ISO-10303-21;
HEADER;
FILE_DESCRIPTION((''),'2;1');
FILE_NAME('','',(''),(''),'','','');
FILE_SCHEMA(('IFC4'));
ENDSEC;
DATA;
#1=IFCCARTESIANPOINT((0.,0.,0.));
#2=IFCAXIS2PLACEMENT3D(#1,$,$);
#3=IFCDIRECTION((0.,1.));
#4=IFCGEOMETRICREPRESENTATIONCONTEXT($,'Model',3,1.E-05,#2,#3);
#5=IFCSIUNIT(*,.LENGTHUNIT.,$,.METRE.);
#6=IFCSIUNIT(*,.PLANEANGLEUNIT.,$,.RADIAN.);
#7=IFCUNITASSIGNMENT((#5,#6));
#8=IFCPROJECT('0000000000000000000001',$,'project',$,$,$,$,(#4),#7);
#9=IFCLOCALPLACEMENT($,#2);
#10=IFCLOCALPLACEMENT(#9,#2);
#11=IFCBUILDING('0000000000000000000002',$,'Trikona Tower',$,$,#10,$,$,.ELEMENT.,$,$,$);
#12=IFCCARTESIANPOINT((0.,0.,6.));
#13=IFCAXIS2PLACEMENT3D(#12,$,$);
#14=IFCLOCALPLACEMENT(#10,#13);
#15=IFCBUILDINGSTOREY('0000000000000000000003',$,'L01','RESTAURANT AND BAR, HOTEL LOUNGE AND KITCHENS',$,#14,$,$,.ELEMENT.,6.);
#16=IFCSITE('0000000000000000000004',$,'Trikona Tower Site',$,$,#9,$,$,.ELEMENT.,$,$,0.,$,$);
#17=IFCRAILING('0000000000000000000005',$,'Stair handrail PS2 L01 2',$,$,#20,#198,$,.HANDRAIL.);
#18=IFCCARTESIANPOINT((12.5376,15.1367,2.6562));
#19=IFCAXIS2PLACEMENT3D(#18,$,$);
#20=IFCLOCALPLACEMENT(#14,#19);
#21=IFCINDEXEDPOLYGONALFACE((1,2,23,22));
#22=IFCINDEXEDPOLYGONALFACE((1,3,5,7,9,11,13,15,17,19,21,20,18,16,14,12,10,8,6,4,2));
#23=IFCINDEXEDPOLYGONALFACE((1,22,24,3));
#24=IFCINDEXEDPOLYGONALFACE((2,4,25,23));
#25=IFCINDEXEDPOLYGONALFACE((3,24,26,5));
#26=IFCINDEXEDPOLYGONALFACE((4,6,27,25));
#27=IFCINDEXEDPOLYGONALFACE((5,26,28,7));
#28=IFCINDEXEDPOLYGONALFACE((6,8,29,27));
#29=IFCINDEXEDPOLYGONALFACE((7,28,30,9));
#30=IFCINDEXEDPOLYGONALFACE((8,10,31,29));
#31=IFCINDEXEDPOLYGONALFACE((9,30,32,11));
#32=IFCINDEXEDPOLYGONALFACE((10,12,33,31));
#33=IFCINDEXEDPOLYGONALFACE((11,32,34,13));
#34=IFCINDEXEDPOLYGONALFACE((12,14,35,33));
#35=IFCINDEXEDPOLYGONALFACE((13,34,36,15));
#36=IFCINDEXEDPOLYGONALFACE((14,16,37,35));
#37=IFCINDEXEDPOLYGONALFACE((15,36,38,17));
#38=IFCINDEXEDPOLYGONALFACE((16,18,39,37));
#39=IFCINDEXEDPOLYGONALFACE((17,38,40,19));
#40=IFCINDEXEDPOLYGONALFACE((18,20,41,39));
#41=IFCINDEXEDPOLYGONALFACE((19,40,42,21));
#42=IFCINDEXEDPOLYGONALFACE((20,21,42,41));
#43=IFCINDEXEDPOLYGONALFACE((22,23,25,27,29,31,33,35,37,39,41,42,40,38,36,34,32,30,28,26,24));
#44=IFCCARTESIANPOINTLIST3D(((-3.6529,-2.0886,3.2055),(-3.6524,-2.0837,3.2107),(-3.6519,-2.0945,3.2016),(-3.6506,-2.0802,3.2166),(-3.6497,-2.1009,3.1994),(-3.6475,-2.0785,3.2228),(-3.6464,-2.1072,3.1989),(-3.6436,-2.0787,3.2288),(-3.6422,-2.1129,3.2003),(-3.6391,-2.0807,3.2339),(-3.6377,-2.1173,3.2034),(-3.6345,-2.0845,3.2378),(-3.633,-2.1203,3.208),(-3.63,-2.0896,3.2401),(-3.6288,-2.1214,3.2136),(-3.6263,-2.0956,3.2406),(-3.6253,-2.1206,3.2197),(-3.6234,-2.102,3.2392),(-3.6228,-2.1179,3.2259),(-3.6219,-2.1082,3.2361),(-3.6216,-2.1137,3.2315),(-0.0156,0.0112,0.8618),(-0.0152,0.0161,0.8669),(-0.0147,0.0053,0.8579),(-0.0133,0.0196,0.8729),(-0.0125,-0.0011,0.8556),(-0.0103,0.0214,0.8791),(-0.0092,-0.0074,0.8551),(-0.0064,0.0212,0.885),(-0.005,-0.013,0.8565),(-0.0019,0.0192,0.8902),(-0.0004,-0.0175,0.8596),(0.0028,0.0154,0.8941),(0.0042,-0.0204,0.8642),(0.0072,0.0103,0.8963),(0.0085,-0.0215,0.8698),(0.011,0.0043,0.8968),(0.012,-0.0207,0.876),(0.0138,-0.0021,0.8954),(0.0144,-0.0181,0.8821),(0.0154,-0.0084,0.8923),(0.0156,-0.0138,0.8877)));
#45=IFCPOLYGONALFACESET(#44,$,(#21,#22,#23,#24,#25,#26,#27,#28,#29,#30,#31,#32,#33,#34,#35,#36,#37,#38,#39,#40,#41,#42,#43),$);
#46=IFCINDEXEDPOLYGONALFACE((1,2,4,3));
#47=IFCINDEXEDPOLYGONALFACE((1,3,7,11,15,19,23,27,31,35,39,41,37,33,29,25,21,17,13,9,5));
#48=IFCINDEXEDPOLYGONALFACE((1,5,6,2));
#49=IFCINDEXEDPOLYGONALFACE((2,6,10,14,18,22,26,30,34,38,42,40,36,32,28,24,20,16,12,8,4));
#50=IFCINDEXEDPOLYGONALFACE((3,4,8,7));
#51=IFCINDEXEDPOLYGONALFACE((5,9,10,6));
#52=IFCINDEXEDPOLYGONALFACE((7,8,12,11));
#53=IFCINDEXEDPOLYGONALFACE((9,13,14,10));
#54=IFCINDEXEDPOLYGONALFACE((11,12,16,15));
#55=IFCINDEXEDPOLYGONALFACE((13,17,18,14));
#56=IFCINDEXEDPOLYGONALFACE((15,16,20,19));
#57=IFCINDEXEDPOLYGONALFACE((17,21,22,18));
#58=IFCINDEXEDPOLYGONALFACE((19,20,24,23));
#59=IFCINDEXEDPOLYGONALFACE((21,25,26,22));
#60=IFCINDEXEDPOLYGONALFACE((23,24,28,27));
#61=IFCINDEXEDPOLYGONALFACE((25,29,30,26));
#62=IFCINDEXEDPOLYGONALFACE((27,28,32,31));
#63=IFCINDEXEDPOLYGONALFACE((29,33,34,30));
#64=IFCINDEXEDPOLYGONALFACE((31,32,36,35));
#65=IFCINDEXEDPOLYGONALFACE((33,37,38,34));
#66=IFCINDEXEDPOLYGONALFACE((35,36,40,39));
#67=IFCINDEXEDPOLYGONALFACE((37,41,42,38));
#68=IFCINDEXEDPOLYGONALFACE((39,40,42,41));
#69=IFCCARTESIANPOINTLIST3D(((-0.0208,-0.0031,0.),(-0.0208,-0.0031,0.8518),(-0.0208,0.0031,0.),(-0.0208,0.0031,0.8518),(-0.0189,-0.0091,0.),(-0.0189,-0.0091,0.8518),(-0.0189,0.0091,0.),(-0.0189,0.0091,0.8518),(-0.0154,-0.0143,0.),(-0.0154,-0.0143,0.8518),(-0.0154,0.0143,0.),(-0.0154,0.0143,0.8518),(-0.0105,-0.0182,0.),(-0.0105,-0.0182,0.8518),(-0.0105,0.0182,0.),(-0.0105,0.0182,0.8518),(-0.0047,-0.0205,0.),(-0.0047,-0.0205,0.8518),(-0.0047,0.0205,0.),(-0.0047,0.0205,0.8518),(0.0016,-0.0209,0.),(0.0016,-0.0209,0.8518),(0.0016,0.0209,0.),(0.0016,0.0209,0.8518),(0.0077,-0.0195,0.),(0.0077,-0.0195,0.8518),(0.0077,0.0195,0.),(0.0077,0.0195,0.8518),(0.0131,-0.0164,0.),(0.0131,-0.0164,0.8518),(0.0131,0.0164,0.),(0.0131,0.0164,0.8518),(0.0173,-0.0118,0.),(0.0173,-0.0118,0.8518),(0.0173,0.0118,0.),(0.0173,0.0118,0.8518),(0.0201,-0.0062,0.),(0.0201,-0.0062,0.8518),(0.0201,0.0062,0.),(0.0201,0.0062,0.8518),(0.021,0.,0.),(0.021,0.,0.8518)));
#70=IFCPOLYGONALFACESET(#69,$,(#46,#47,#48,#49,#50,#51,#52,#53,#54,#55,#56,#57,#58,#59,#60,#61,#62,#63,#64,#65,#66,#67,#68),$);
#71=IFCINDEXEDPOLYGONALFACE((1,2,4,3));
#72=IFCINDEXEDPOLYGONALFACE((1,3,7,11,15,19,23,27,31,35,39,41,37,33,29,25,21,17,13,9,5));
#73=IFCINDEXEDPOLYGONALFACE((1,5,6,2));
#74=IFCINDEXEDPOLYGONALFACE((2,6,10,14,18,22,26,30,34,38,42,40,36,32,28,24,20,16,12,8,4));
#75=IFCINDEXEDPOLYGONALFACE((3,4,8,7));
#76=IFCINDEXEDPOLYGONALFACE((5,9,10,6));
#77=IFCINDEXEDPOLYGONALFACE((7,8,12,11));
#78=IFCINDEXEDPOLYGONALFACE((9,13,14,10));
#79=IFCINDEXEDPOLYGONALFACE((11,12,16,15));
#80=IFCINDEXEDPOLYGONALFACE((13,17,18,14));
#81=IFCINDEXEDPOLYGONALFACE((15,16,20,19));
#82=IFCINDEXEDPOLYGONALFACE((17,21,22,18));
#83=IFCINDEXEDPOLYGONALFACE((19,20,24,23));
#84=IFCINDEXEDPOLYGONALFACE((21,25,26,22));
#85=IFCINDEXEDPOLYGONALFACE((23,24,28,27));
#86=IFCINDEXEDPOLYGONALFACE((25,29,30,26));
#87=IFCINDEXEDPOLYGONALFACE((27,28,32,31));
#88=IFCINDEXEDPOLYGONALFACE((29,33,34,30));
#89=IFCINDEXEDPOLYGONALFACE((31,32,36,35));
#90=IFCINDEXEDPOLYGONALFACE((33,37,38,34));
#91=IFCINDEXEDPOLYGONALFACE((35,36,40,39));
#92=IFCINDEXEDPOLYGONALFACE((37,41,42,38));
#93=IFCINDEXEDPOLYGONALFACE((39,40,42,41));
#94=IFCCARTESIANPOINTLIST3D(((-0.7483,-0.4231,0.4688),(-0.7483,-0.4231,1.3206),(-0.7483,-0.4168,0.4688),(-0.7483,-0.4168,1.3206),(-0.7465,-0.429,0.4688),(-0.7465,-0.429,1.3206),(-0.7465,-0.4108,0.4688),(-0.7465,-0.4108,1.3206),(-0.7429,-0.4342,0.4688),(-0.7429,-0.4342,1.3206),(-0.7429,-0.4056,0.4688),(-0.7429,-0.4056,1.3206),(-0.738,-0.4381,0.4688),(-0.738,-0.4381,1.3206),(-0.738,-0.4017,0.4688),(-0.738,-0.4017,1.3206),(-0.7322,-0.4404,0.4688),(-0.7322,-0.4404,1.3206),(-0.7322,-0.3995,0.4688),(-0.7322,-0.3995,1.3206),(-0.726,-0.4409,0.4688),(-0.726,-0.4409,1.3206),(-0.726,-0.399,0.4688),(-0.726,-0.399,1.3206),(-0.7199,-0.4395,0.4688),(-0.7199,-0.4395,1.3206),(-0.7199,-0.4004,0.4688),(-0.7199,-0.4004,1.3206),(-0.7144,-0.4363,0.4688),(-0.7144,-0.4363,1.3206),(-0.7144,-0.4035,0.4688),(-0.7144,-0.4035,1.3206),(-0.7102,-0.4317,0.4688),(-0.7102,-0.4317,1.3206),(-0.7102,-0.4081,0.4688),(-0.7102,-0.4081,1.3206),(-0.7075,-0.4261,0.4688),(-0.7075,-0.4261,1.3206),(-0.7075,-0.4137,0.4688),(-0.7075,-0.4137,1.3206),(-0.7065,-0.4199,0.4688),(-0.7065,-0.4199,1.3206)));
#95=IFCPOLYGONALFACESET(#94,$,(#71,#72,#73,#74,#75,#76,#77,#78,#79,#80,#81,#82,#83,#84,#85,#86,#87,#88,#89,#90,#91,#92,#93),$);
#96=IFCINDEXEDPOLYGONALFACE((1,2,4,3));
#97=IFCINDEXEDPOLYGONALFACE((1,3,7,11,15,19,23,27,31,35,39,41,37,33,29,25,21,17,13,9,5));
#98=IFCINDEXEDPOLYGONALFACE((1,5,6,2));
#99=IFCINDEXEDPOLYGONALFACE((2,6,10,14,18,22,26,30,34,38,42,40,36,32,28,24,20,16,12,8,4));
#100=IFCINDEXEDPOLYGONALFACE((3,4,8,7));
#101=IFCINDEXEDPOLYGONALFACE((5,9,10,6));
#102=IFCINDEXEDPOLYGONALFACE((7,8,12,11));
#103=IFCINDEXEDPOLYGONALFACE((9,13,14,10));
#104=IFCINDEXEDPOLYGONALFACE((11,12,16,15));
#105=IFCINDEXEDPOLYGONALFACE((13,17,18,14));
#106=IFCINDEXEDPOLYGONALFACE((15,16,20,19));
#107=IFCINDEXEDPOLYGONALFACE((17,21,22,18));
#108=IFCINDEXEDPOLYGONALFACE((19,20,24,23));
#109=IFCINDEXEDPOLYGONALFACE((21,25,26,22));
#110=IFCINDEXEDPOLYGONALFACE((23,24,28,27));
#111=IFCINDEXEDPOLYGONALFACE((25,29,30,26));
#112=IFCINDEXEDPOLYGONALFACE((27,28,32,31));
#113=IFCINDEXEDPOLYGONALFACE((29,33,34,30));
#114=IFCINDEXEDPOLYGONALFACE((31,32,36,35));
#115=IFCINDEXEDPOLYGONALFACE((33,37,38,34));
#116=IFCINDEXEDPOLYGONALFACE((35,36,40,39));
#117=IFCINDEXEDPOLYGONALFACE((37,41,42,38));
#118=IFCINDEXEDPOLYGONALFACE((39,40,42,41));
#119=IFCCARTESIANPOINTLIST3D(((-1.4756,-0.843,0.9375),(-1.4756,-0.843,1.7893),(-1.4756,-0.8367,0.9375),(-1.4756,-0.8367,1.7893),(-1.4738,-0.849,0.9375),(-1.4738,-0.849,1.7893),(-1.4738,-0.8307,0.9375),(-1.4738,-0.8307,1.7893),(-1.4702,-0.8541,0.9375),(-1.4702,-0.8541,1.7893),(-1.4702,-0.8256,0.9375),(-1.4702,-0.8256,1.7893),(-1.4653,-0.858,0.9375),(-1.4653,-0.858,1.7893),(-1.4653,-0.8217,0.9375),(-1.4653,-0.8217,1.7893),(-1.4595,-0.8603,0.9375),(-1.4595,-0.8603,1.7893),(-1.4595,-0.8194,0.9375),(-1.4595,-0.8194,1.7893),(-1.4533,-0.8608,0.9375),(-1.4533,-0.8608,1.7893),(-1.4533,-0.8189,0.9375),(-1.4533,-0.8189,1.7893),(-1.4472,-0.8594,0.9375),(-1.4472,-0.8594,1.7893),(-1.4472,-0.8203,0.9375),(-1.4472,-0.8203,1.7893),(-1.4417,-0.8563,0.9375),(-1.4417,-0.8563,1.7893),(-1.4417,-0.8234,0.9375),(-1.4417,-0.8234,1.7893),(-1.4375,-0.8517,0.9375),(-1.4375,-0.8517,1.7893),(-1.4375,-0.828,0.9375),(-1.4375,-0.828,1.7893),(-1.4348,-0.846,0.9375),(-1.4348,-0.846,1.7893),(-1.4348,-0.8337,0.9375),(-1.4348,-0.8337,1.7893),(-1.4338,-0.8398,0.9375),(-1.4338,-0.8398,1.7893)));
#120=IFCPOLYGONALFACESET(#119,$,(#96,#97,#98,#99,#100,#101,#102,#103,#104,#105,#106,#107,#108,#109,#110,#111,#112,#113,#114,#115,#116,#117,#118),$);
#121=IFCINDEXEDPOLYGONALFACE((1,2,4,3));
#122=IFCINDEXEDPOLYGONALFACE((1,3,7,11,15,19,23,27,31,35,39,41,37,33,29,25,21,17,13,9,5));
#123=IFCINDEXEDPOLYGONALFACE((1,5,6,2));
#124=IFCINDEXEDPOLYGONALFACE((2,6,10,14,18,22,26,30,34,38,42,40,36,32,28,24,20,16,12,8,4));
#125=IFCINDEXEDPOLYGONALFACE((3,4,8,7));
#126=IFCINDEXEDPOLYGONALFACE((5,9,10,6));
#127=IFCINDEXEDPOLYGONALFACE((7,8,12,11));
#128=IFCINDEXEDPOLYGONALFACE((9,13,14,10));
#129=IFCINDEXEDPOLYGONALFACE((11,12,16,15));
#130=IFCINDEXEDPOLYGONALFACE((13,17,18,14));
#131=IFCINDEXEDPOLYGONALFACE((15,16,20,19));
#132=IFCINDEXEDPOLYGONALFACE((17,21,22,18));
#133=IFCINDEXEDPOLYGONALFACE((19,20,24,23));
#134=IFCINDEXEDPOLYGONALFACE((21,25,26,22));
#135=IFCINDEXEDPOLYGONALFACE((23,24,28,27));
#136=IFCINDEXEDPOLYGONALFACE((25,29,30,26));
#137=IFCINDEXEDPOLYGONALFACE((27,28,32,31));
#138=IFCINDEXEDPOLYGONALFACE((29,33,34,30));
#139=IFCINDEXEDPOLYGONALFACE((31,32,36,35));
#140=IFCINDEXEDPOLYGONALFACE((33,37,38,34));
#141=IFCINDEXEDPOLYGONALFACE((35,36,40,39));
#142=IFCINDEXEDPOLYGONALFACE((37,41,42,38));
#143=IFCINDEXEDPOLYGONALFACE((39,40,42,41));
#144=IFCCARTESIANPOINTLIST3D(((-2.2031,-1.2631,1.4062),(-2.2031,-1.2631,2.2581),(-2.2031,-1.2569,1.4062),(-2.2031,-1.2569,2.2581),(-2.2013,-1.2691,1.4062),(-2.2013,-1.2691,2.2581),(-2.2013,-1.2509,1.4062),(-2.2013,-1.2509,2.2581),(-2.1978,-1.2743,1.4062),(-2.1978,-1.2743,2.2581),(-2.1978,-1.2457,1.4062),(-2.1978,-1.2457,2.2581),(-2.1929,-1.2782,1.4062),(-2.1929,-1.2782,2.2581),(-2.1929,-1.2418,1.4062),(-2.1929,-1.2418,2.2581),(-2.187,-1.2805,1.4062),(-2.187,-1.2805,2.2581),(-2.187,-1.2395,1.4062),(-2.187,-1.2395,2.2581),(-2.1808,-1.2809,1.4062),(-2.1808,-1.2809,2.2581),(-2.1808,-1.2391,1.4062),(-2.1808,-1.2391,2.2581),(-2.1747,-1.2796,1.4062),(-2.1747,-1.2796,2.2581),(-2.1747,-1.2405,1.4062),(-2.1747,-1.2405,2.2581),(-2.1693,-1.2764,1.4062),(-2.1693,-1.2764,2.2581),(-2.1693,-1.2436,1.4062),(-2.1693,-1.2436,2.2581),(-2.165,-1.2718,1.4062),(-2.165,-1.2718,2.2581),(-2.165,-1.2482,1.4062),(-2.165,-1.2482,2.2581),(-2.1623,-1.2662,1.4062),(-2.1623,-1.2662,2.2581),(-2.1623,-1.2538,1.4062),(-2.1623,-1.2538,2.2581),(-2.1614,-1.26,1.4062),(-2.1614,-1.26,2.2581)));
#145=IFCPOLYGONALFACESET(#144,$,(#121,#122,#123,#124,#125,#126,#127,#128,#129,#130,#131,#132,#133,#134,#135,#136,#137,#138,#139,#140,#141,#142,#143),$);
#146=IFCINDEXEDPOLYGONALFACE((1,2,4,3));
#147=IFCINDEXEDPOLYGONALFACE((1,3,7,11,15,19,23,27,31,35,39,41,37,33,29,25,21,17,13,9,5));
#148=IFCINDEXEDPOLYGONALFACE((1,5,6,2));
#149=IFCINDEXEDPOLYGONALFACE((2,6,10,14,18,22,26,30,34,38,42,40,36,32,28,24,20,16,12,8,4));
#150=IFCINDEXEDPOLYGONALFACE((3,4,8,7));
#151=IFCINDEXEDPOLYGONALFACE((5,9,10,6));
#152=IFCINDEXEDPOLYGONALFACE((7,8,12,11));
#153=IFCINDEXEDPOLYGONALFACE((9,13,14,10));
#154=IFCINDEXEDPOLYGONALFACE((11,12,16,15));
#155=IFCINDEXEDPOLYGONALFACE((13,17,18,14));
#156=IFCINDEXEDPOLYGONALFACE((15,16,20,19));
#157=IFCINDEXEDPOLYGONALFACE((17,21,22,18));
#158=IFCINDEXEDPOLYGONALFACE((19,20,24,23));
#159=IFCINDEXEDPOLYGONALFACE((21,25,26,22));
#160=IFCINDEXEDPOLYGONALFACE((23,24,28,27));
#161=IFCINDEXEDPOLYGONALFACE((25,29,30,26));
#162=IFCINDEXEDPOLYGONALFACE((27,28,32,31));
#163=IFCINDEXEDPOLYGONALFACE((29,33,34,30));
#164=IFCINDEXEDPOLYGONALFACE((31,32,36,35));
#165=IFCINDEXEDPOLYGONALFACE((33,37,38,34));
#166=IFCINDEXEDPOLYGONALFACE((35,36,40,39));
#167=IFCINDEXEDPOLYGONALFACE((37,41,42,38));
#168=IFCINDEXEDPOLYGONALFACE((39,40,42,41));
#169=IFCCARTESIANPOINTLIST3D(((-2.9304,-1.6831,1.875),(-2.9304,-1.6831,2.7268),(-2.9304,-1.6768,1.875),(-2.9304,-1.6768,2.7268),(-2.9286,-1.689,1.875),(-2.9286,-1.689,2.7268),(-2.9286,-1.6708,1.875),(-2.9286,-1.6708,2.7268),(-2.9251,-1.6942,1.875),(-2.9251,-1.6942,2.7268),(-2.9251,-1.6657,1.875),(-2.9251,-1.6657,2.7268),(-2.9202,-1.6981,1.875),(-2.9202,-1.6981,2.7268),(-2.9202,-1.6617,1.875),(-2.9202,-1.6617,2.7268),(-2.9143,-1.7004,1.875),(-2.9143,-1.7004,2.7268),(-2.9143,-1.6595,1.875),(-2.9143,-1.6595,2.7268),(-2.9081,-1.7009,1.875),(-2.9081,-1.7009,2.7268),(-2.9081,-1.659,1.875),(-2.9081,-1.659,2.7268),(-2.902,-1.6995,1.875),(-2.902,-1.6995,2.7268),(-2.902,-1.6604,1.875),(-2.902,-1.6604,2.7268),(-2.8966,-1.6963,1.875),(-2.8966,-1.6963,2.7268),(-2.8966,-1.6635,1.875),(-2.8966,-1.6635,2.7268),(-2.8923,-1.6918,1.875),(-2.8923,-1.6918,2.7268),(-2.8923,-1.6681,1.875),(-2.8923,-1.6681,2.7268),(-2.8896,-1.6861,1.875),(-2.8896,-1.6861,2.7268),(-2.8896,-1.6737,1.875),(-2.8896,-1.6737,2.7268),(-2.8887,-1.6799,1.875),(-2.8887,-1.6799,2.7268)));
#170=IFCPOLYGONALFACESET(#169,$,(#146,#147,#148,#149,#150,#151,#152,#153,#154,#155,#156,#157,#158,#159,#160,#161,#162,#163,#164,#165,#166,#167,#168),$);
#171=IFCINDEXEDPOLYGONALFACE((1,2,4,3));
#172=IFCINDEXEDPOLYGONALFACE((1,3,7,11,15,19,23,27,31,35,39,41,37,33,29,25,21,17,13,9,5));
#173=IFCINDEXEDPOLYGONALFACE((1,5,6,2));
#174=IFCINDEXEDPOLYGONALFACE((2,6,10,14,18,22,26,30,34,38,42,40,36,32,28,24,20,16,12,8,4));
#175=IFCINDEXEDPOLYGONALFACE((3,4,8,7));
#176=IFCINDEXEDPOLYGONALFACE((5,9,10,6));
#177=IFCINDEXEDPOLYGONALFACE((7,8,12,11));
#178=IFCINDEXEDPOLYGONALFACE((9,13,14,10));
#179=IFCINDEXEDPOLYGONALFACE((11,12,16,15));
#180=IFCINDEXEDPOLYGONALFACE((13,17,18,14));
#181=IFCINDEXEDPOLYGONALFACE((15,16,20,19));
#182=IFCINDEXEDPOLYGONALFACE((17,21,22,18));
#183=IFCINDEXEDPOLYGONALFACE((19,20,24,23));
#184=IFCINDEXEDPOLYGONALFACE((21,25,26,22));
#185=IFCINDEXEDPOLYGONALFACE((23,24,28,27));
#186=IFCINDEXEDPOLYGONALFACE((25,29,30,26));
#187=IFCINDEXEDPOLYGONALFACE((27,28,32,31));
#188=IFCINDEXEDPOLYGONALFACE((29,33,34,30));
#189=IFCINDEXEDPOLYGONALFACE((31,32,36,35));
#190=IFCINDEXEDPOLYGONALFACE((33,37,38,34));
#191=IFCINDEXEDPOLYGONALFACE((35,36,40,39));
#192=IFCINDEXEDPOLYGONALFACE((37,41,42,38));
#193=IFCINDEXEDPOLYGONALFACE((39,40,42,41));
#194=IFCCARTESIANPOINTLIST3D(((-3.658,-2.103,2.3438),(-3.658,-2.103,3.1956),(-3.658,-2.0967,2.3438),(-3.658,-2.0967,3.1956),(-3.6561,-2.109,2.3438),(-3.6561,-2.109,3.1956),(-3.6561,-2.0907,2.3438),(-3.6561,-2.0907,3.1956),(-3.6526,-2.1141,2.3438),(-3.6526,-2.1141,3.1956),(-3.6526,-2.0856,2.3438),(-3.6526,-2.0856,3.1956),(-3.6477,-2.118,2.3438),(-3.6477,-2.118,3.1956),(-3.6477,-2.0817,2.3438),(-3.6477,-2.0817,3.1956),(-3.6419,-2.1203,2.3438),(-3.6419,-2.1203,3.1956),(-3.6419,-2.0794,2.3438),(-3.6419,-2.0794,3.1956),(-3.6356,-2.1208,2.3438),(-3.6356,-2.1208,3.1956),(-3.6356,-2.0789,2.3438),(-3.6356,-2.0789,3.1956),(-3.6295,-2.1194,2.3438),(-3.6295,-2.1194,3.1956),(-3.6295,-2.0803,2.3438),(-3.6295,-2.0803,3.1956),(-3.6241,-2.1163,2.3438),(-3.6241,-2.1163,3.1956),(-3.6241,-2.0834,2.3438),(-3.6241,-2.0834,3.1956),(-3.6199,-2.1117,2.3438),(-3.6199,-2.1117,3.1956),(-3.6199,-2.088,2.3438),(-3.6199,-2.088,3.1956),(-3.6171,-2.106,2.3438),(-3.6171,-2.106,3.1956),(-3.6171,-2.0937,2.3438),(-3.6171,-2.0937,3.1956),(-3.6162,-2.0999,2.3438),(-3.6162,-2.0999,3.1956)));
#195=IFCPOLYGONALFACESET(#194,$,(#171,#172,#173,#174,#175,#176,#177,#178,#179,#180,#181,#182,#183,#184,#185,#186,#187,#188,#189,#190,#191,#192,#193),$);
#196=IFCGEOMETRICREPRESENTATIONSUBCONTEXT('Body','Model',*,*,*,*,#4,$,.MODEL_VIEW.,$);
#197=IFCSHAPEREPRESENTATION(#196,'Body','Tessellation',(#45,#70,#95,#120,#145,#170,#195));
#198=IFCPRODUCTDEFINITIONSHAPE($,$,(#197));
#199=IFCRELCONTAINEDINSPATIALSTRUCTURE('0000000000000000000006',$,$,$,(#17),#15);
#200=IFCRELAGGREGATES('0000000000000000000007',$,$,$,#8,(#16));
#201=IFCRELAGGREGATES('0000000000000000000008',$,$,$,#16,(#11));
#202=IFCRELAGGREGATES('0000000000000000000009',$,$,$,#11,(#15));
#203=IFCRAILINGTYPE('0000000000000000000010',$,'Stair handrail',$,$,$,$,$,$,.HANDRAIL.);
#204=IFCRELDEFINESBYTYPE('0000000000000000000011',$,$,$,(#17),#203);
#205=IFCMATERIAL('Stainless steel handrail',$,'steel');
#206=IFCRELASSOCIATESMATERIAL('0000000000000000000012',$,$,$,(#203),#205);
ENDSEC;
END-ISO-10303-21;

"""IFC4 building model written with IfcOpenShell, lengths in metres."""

from ifc_helpers import new_model, si_unit, direction, frame, origin, origin_2d, place, context, subcontext, project, spatial, circle, extrude, material, type_object, element, save


model = new_model("IFC4")

# Units and contexts
model_context = context("Model", 3, precision=1e-05, world=origin(), true_north=direction((0.0, 1.0)))
body_context = subcontext(model_context, "Body", "Model", "MODEL_VIEW")
ifc_project = project(units=[si_unit("LENGTHUNIT", "METRE"), si_unit("PLANEANGLEUNIT", "RADIAN")], contexts=[model_context])

# Site, building, storey
site_placement = place(None, origin())
site = spatial("IfcSite", under=ifc_project, at=site_placement, Name="Trikona Tower Site", CompositionType="ELEMENT", RefElevation=0.0)
building_placement = place(site_placement, origin())
building = spatial("IfcBuilding", under=site, at=building_placement, Name="Trikona Tower", CompositionType="ELEMENT")
storey_placement = place(building_placement, frame((0.0, 0.0, 6.0)))
storey = spatial("IfcBuildingStorey", under=building, at=storey_placement, Name="L01", Description="RESTAURANT AND BAR, HOTEL LOUNGE AND KITCHENS", CompositionType="ELEMENT", Elevation=6.0)

# Railing
ifc_material_1 = material(Name="Stainless steel handrail", Category="steel")
railing_type = type_object("IfcRailingType", Name="Stair handrail", PredefinedType="HANDRAIL", material=ifc_material_1)
railing_placement = place(storey_placement, frame((12.5376, 15.1367, 2.6562)))
element("IfcRailing", 1, at=railing_placement, inside=storey, type_object=railing_type, Name="Stair handrail PS2 L01 2", PredefinedType="HANDRAIL", context=body_context, shape_type="SweptSolid", body=[
    extrude(circle(Radius=0.0239, at=origin_2d()), frame((0.0, 0.0, 0.876), z_axis=(-0.756246, -0.4366, 0.487311), x_axis=(0.499984, -0.866035, 0.0)), (0.0, 0.0, 1.0), 4.8096),
    extrude(circle(Radius=0.021, at=origin_2d()), origin(), (0.0, 0.0, 1.0), 0.8518),
    extrude(circle(Radius=0.021, at=origin_2d()), frame((-0.7275, -0.4199, 0.4688)), (0.0, 0.0, 1.0), 0.8518),
    extrude(circle(Radius=0.021, at=origin_2d()), frame((-1.4548, -0.8398, 0.9375)), (0.0, 0.0, 1.0), 0.8518),
    extrude(circle(Radius=0.021, at=origin_2d()), frame((-2.1824, -1.26, 1.4062)), (0.0, 0.0, 1.0), 0.8518),
    extrude(circle(Radius=0.021, at=origin_2d()), frame((-2.9097, -1.6799, 1.875)), (0.0, 0.0, 1.0), 0.8518),
    extrude(circle(Radius=0.021, at=origin_2d()), frame((-3.6372, -2.0999, 2.3438)), (0.0, 0.0, 1.0), 0.8518),
])

save(model, "model.ifc")
